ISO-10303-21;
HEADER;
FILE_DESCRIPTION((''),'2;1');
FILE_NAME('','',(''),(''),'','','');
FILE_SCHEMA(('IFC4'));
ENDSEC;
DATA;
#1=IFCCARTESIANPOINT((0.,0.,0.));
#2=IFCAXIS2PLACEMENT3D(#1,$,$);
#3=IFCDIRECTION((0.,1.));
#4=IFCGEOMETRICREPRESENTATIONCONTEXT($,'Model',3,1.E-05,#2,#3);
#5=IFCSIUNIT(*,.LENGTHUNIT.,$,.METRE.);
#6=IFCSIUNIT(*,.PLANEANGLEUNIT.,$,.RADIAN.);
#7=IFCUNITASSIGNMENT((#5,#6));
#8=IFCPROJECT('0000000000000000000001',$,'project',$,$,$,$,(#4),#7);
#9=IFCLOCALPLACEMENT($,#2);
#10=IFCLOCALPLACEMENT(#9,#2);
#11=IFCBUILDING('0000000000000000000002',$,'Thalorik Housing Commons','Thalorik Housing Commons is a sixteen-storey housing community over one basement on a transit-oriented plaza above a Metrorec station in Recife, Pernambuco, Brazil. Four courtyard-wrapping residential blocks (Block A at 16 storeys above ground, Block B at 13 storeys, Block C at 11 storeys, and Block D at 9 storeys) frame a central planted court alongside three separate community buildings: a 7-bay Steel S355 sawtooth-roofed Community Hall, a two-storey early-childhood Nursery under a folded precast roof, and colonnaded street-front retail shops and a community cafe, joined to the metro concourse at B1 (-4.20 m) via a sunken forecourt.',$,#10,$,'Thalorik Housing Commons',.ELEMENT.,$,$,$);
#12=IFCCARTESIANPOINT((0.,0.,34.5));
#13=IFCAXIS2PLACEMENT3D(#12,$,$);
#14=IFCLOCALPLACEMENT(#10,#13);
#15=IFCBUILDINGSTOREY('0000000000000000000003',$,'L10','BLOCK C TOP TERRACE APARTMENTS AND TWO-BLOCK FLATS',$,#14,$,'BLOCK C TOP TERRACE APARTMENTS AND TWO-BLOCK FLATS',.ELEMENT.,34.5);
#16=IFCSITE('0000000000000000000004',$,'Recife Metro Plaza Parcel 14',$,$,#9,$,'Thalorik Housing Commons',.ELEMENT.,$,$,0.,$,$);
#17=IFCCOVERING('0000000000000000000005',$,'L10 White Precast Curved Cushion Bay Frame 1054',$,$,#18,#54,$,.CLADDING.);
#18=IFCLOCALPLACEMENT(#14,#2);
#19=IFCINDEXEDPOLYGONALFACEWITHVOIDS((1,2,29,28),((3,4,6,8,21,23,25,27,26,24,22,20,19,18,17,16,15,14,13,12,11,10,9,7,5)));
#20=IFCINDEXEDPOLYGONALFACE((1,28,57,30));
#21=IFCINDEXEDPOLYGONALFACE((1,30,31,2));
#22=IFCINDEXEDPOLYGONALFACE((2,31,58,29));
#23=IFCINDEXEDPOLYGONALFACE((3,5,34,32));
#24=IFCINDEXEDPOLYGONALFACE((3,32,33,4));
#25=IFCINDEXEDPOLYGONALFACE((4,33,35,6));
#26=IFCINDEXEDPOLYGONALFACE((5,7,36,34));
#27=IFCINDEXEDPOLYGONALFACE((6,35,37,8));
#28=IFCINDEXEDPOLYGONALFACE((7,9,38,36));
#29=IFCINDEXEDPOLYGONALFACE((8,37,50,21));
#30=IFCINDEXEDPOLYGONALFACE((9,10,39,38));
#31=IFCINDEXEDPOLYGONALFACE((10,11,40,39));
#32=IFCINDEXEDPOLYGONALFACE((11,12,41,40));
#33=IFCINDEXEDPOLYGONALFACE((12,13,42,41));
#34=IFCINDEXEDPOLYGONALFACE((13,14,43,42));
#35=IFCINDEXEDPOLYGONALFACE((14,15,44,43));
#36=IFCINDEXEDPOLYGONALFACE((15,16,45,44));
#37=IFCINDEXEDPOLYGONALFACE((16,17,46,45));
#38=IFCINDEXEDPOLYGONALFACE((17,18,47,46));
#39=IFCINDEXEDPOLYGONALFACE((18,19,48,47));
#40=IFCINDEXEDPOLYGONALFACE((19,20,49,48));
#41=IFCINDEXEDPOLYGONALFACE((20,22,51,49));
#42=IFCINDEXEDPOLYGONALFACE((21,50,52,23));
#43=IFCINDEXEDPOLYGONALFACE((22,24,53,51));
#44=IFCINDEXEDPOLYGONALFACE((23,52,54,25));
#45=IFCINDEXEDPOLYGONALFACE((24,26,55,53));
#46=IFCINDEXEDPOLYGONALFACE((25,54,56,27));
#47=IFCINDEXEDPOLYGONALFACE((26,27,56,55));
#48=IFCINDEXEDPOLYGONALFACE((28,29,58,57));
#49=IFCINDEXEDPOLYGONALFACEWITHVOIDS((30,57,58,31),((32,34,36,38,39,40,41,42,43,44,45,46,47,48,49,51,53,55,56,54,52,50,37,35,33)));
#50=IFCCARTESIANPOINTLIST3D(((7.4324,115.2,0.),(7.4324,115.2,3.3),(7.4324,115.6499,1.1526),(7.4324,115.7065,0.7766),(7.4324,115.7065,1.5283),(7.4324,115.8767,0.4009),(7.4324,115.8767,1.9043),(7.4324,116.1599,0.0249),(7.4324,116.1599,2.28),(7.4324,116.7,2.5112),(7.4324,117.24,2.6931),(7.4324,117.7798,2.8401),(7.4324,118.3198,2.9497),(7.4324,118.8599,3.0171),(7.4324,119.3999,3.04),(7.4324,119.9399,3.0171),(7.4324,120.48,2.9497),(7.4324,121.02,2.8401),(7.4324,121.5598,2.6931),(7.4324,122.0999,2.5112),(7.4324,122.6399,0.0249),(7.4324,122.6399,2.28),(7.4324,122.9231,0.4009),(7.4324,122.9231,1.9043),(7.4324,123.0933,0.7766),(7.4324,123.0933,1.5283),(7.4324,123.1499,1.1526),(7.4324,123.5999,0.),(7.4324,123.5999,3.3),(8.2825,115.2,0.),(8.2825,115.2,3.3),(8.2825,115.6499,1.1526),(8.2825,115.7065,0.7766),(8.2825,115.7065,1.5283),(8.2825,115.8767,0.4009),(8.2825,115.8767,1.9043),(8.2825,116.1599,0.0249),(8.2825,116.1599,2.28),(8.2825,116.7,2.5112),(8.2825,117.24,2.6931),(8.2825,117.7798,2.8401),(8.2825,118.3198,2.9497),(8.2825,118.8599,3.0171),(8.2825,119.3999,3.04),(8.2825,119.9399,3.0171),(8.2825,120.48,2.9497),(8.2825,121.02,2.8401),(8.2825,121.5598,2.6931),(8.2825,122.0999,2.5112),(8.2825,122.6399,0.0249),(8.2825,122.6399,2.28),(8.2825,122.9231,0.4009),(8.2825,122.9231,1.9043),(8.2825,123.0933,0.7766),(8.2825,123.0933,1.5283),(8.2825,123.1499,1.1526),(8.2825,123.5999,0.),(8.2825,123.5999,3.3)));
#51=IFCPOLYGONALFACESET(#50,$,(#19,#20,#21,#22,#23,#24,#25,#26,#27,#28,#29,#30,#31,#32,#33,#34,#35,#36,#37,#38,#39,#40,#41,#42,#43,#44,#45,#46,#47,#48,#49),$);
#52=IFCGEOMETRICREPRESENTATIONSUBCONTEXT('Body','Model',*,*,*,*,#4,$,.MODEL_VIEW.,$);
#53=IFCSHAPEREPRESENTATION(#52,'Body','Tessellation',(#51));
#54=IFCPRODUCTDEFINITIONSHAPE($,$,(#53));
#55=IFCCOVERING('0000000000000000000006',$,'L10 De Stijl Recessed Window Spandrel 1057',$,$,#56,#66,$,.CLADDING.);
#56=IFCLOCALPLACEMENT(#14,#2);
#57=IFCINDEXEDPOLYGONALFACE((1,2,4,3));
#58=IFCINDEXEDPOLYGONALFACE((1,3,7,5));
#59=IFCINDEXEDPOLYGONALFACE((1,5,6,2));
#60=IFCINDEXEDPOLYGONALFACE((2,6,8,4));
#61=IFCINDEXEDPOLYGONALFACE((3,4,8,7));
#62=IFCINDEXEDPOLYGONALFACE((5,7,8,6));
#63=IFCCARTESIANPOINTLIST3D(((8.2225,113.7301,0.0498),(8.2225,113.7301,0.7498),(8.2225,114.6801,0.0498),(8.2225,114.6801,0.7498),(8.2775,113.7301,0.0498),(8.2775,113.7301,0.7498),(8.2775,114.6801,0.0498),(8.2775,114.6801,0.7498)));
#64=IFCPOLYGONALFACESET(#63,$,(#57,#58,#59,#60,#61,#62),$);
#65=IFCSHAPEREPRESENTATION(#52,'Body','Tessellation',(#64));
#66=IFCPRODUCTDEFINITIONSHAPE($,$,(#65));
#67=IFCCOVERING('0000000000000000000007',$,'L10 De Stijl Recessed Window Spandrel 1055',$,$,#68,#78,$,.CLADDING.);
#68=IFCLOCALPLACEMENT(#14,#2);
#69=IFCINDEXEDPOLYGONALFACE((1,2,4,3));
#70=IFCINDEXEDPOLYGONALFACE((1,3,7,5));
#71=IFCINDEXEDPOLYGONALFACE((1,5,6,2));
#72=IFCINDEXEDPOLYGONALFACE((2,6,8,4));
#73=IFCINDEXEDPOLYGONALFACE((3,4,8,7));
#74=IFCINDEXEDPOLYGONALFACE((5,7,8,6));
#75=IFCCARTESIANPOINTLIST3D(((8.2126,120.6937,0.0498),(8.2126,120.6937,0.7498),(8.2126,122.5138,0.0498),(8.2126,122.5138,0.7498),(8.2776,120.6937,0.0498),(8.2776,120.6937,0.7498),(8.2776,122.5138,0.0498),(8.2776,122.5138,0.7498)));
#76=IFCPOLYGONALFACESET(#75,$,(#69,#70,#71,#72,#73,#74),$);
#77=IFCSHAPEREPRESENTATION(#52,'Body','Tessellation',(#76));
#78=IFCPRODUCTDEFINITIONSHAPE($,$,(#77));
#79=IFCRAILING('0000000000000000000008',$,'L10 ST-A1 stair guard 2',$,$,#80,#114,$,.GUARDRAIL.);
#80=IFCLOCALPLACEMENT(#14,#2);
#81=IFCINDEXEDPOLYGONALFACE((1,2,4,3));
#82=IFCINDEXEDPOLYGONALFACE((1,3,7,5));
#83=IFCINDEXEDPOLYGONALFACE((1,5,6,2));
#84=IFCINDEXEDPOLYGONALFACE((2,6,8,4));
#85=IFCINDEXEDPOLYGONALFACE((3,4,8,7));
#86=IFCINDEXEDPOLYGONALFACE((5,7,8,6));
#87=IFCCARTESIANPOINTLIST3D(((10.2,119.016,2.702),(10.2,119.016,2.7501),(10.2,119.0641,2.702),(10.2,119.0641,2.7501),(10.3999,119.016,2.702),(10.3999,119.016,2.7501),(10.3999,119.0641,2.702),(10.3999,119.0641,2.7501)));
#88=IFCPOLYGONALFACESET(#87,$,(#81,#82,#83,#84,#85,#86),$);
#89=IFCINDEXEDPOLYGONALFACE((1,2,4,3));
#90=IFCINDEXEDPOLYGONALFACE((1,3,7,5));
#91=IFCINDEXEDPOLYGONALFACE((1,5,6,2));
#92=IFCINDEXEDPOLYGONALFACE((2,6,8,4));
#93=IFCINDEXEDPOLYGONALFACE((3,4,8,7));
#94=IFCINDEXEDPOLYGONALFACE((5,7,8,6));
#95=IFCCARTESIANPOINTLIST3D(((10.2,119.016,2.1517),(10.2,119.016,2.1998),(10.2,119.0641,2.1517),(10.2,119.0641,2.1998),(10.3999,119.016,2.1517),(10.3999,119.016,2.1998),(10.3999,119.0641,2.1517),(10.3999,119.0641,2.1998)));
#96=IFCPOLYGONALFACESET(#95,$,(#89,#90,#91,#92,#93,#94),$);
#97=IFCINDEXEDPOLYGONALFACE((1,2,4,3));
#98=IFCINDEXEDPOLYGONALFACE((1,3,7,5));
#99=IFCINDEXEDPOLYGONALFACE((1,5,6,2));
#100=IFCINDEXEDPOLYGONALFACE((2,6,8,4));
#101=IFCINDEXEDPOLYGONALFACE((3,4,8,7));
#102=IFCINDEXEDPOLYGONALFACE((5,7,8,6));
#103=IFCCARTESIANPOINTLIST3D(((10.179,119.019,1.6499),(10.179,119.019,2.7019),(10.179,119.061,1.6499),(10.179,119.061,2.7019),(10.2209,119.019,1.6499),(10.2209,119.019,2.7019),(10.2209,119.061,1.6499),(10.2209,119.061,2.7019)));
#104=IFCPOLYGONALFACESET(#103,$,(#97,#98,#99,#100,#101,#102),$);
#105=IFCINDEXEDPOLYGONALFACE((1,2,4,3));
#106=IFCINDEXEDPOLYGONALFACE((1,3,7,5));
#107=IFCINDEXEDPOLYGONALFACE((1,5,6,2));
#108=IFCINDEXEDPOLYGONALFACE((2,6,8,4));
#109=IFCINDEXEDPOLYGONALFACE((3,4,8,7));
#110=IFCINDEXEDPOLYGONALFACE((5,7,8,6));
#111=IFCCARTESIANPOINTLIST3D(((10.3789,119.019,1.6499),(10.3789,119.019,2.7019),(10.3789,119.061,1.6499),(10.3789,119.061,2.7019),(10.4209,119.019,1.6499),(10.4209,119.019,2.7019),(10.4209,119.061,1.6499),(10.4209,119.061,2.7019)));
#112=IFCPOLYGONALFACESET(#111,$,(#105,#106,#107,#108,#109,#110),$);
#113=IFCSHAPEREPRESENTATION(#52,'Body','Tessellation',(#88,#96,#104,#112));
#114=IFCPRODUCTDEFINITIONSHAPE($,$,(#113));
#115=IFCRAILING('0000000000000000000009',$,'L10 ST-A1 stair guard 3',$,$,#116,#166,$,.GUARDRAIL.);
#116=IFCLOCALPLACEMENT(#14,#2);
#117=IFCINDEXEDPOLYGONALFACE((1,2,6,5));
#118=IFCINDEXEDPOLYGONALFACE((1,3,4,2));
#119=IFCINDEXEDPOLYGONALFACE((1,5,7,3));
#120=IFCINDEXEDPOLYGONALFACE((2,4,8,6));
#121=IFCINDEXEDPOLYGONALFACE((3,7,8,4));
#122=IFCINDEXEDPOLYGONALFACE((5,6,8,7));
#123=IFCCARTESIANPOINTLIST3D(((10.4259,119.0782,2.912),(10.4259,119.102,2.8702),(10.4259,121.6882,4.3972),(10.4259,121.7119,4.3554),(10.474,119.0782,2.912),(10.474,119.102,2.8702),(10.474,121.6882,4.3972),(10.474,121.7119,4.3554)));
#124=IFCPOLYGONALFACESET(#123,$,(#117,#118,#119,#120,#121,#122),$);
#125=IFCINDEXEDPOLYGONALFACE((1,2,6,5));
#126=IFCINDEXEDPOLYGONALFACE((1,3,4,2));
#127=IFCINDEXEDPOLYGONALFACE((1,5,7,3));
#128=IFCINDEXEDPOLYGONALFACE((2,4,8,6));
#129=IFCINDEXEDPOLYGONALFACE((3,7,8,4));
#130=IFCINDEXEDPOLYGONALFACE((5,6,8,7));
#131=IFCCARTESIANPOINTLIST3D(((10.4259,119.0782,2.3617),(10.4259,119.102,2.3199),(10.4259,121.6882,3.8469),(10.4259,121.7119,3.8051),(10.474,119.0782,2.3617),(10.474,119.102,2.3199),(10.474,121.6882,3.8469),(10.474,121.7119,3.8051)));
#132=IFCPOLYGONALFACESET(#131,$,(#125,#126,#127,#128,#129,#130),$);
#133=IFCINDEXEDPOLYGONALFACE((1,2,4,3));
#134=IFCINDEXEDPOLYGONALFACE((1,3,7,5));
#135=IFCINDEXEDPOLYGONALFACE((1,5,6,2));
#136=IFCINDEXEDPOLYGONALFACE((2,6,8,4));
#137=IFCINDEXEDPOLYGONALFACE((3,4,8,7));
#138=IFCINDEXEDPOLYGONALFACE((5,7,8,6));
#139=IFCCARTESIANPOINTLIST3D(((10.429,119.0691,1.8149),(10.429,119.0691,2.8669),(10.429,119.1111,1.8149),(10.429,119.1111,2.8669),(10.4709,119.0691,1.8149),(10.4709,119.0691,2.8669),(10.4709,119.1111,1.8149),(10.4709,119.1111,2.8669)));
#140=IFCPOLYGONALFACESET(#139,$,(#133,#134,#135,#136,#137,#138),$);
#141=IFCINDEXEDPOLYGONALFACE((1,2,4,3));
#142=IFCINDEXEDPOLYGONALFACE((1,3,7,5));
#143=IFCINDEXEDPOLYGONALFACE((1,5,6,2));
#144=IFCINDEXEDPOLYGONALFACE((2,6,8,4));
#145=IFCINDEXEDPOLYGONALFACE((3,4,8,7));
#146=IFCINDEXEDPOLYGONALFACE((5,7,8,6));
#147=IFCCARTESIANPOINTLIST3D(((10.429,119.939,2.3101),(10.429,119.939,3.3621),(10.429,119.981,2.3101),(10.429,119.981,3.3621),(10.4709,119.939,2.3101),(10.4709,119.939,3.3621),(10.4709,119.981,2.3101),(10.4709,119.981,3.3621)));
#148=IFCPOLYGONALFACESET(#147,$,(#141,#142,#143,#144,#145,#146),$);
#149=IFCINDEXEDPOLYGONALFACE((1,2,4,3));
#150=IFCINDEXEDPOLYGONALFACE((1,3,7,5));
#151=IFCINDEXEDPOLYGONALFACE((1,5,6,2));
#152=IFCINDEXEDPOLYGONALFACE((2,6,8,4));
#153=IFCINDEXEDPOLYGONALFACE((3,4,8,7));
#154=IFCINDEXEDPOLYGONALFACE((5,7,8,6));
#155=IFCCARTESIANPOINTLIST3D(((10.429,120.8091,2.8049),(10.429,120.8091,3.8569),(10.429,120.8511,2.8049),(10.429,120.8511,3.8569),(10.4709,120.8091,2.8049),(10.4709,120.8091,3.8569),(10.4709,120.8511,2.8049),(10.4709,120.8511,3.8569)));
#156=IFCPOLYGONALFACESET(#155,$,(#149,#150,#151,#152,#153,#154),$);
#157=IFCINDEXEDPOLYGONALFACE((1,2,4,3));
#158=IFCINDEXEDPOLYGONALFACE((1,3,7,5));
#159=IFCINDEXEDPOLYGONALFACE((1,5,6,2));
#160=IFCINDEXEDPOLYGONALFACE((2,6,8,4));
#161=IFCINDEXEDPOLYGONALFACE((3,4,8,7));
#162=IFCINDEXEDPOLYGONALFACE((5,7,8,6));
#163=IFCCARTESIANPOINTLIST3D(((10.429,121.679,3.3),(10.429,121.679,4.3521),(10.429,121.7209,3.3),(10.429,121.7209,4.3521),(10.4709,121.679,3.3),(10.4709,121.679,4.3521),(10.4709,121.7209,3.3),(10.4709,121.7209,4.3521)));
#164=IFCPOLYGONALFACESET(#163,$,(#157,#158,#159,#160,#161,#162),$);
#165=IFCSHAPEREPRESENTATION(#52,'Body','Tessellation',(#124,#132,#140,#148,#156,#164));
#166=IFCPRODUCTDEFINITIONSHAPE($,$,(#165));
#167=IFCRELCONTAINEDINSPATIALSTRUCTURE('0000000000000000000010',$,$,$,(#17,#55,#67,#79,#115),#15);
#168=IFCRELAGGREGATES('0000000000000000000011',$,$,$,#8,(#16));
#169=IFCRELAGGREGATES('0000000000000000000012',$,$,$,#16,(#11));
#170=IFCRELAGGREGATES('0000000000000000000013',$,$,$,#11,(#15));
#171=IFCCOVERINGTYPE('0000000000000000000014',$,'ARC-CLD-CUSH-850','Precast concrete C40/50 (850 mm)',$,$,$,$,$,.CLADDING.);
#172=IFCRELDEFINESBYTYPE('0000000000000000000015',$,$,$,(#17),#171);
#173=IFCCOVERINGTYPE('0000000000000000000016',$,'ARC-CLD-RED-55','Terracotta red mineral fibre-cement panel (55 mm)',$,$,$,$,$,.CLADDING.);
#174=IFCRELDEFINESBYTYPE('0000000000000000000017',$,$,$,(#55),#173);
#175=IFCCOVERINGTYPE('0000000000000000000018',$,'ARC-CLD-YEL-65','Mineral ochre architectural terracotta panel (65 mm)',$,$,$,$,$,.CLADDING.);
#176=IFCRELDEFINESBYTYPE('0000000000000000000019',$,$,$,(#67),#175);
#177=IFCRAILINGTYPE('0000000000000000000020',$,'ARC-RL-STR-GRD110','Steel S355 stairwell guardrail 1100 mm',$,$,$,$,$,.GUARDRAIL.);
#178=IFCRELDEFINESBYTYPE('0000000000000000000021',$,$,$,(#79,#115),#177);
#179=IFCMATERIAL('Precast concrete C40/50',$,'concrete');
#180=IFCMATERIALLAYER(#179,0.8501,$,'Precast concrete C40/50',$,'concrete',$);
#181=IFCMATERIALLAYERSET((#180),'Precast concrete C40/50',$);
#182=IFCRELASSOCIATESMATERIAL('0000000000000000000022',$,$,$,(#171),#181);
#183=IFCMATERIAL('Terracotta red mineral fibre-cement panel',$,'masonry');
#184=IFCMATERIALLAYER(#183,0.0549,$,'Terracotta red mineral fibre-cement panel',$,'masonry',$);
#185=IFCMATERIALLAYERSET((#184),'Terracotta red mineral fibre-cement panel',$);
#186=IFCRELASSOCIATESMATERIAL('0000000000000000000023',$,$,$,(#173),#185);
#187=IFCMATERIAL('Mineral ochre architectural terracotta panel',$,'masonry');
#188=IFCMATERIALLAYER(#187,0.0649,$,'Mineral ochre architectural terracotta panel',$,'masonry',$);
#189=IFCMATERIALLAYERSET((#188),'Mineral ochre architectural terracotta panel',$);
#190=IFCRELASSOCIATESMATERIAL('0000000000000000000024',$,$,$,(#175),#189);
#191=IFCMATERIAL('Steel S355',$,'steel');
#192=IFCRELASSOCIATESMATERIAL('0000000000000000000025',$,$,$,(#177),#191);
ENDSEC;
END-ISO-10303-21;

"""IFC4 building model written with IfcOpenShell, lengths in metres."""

from ifc_helpers import new_model, si_unit, direction, frame, origin, origin_2d, place, context, subcontext, project, spatial, polyline, rectangle, outline, extrude, material, layer, layer_set, type_object, element, save


model = new_model("IFC4")

# Units and contexts
model_context = context("Model", 3, precision=1e-05, world=origin(), true_north=direction((0.0, 1.0)))
body_context = subcontext(model_context, "Body", "Model", "MODEL_VIEW")
ifc_project = project(units=[si_unit("LENGTHUNIT", "METRE"), si_unit("PLANEANGLEUNIT", "RADIAN")], contexts=[model_context])

# Site, building, storey
site_placement = place(None, origin())
site = spatial("IfcSite", under=ifc_project, at=site_placement, Name="Recife Metro Plaza Parcel 14", LongName="Thalorik Housing Commons", CompositionType="ELEMENT", RefElevation=0.0)
building_placement = place(site_placement, origin())
building = spatial("IfcBuilding", under=site, at=building_placement, Name="Thalorik Housing Commons", Description="Thalorik Housing Commons is a sixteen-storey housing community over one basement on a transit-oriented plaza above a Metrorec station in Recife, Pernambuco, Brazil. Four courtyard-wrapping residential blocks (Block A at 16 storeys above ground, Block B at 13 storeys, Block C at 11 storeys, and Block D at 9 storeys) frame a central planted court alongside three separate community buildings: a 7-bay Steel S355 sawtooth-roofed Community Hall, a two-storey early-childhood Nursery under a folded precast roof, and colonnaded street-front retail shops and a community cafe, joined to the metro concourse at B1 (-4.20 m) via a sunken forecourt.", LongName="Thalorik Housing Commons", CompositionType="ELEMENT")
storey_placement = place(building_placement, frame((0.0, 0.0, 34.5)))
storey = spatial("IfcBuildingStorey", under=building, at=storey_placement, Name="L10", Description="BLOCK C TOP TERRACE APARTMENTS AND TWO-BLOCK FLATS", LongName="BLOCK C TOP TERRACE APARTMENTS AND TWO-BLOCK FLATS", CompositionType="ELEMENT", Elevation=34.5)

# Shared definitions
ifc_material_1 = material(Name="Precast concrete C40/50", Category="concrete")

# Shared definitions
ifc_material_2 = material(Name="Steel S355", Category="steel")

# Coverings
ifc_layer_1 = layer(ifc_material_1, 0.8501, Name="Precast concrete C40/50", Category="concrete")
ifc_layer_set_1 = layer_set([ifc_layer_1], Name="Precast concrete C40/50")
covering_type_1 = type_object("IfcCoveringType", Name="ARC-CLD-CUSH-850", Description="Precast concrete C40/50 (850 mm)", PredefinedType="CLADDING", material=ifc_layer_set_1)
covering_1_placement = place(storey_placement, frame((7.8574, 119.3999, 0.0), z_axis=(0.0, 0.0, 1.0), x_axis=(0.0, -1.0, 0.0)))
element("IfcCovering", 1, at=covering_1_placement, inside=storey, type_object=covering_type_1, Name="L10 White Precast Curved Cushion Bay Frame 1054", PredefinedType="CLADDING", context=body_context, shape_type="SweptSolid", body=[
    extrude(outline(polyline([(-4.2, 0.0), (4.2, 0.0), (4.2, 3.3), (-4.2, 3.3), (-4.2, 0.0)]), holes=[polyline([(3.24, 0.0249), (3.5232, 0.4009), (3.6934, 0.7766), (3.75, 1.1526), (3.6934, 1.5283), (3.5232, 1.9043), (3.24, 2.28), (2.7, 2.5112), (2.1599, 2.6931), (1.6201, 2.8401), (1.0801, 2.9497), (0.54, 3.0171), (0.0, 3.04), (-0.54, 3.0171), (-1.0801, 2.9497), (-1.6201, 2.8401), (-2.1599, 2.6931), (-2.7, 2.5112), (-3.24, 2.28), (-3.5232, 1.9043), (-3.6934, 1.5283), (-3.75, 1.1526), (-3.6934, 0.7766), (-3.5232, 0.4009), (-3.24, 0.0249), (3.24, 0.0249)])]), frame((0.0, 0.425, 0.0), z_axis=(0.0, -1.0, 0.0), x_axis=(1.0, 0.0, 0.0)), (0.0, 0.0, 1.0), 0.8501),
])
ifc_material_3 = material(Name="Terracotta red mineral fibre-cement panel", Category="masonry")
ifc_layer_2 = layer(ifc_material_3, 0.0549, Name="Terracotta red mineral fibre-cement panel", Category="masonry")
ifc_layer_set_2 = layer_set([ifc_layer_2], Name="Terracotta red mineral fibre-cement panel")
covering_type_2 = type_object("IfcCoveringType", Name="ARC-CLD-RED-55", Description="Terracotta red mineral fibre-cement panel (55 mm)", PredefinedType="CLADDING", material=ifc_layer_set_2)
covering_2_placement = place(storey_placement, frame((8.25, 114.2051, 0.0498), z_axis=(0.0, 0.0, 1.0), x_axis=(0.0, -1.0, 0.0)))
element("IfcCovering", 2, at=covering_2_placement, inside=storey, type_object=covering_type_2, Name="L10 De Stijl Recessed Window Spandrel 1057", PredefinedType="CLADDING", context=body_context, shape_type="SweptSolid", body=[
    extrude(rectangle(XDim=0.95, YDim=0.0549, at=origin_2d()), origin(), (0.0, 0.0, 1.0), 0.7),
])
ifc_material_4 = material(Name="Mineral ochre architectural terracotta panel", Category="masonry")
ifc_layer_3 = layer(ifc_material_4, 0.0649, Name="Mineral ochre architectural terracotta panel", Category="masonry")
ifc_layer_set_3 = layer_set([ifc_layer_3], Name="Mineral ochre architectural terracotta panel")
covering_type_3 = type_object("IfcCoveringType", Name="ARC-CLD-YEL-65", Description="Mineral ochre architectural terracotta panel (65 mm)", PredefinedType="CLADDING", material=ifc_layer_set_3)
covering_3_placement = place(storey_placement, frame((8.2451, 121.6038, 0.0498), z_axis=(0.0, 0.0, 1.0), x_axis=(0.0, -1.0, 0.0)))
element("IfcCovering", 3, at=covering_3_placement, inside=storey, type_object=covering_type_3, Name="L10 De Stijl Recessed Window Spandrel 1055", PredefinedType="CLADDING", context=body_context, shape_type="SweptSolid", body=[
    extrude(rectangle(XDim=1.8201, YDim=0.0649, at=origin_2d()), origin(), (0.0, 0.0, 1.0), 0.7),
])

# Railings
railing_type_1 = type_object("IfcRailingType", Name="ARC-RL-STR-GRD110", Description="Steel S355 stairwell guardrail 1100 mm", PredefinedType="GUARDRAIL", material=ifc_material_2)
railing_1_placement = place(storey_placement, frame((10.2, 119.04, 1.6499)))
element("IfcRailing", 4, at=railing_1_placement, inside=storey, type_object=railing_type_1, Name="L10 ST-A1 stair guard 2", PredefinedType="GUARDRAIL", context=body_context, shape_type="SweptSolid", body=[
    extrude(rectangle(XDim=0.0481, YDim=0.0481, at=origin_2d()), frame((0.0, 0.0, 1.0762), z_axis=(1.0, 0.0, 0.0), x_axis=(0.0, 1.0, 0.0)), (0.0, 0.0, 1.0), 0.2),
    extrude(rectangle(XDim=0.0481, YDim=0.0481, at=origin_2d()), frame((0.0, 0.0, 0.5259), z_axis=(1.0, 0.0, 0.0), x_axis=(0.0, 1.0, 0.0)), (0.0, 0.0, 1.0), 0.2),
    extrude(rectangle(XDim=0.042, YDim=0.042, at=origin_2d()), origin(), (0.0, 0.0, 1.0), 1.052),
    extrude(rectangle(XDim=0.042, YDim=0.042, at=origin_2d()), frame((0.2, 0.0, 0.0)), (0.0, 0.0, 1.0), 1.052),
])
railing_2_placement = place(storey_placement, frame((10.45, 119.0901, 1.8149)))
element("IfcRailing", 5, at=railing_2_placement, inside=storey, type_object=railing_type_1, Name="L10 ST-A1 stair guard 3", PredefinedType="GUARDRAIL", context=body_context, shape_type="SweptSolid", body=[
    extrude(rectangle(XDim=0.0481, YDim=0.0481, at=origin_2d()), frame((0.0, 0.0, 1.0762), z_axis=(0.0, 0.869137, 0.494571), x_axis=(-1.0, 0.0, 0.0)), (0.0, 0.0, 1.0), 3.0029),
    extrude(rectangle(XDim=0.0481, YDim=0.0481, at=origin_2d()), frame((0.0, 0.0, 0.5259), z_axis=(0.0, 0.869137, 0.494571), x_axis=(-1.0, 0.0, 0.0)), (0.0, 0.0, 1.0), 3.0029),
    extrude(rectangle(XDim=0.042, YDim=0.042, at=origin_2d()), origin(), (0.0, 0.0, 1.0), 1.052),
    extrude(rectangle(XDim=0.042, YDim=0.042, at=origin_2d()), frame((0.0, 0.8699, 0.4951)), (0.0, 0.0, 1.0), 1.052),
    extrude(rectangle(XDim=0.042, YDim=0.042, at=origin_2d()), frame((0.0, 1.74, 0.99)), (0.0, 0.0, 1.0), 1.052),
    extrude(rectangle(XDim=0.042, YDim=0.042, at=origin_2d()), frame((0.0, 2.6099, 1.4851)), (0.0, 0.0, 1.0), 1.052),
])

save(model, "model.ifc")
